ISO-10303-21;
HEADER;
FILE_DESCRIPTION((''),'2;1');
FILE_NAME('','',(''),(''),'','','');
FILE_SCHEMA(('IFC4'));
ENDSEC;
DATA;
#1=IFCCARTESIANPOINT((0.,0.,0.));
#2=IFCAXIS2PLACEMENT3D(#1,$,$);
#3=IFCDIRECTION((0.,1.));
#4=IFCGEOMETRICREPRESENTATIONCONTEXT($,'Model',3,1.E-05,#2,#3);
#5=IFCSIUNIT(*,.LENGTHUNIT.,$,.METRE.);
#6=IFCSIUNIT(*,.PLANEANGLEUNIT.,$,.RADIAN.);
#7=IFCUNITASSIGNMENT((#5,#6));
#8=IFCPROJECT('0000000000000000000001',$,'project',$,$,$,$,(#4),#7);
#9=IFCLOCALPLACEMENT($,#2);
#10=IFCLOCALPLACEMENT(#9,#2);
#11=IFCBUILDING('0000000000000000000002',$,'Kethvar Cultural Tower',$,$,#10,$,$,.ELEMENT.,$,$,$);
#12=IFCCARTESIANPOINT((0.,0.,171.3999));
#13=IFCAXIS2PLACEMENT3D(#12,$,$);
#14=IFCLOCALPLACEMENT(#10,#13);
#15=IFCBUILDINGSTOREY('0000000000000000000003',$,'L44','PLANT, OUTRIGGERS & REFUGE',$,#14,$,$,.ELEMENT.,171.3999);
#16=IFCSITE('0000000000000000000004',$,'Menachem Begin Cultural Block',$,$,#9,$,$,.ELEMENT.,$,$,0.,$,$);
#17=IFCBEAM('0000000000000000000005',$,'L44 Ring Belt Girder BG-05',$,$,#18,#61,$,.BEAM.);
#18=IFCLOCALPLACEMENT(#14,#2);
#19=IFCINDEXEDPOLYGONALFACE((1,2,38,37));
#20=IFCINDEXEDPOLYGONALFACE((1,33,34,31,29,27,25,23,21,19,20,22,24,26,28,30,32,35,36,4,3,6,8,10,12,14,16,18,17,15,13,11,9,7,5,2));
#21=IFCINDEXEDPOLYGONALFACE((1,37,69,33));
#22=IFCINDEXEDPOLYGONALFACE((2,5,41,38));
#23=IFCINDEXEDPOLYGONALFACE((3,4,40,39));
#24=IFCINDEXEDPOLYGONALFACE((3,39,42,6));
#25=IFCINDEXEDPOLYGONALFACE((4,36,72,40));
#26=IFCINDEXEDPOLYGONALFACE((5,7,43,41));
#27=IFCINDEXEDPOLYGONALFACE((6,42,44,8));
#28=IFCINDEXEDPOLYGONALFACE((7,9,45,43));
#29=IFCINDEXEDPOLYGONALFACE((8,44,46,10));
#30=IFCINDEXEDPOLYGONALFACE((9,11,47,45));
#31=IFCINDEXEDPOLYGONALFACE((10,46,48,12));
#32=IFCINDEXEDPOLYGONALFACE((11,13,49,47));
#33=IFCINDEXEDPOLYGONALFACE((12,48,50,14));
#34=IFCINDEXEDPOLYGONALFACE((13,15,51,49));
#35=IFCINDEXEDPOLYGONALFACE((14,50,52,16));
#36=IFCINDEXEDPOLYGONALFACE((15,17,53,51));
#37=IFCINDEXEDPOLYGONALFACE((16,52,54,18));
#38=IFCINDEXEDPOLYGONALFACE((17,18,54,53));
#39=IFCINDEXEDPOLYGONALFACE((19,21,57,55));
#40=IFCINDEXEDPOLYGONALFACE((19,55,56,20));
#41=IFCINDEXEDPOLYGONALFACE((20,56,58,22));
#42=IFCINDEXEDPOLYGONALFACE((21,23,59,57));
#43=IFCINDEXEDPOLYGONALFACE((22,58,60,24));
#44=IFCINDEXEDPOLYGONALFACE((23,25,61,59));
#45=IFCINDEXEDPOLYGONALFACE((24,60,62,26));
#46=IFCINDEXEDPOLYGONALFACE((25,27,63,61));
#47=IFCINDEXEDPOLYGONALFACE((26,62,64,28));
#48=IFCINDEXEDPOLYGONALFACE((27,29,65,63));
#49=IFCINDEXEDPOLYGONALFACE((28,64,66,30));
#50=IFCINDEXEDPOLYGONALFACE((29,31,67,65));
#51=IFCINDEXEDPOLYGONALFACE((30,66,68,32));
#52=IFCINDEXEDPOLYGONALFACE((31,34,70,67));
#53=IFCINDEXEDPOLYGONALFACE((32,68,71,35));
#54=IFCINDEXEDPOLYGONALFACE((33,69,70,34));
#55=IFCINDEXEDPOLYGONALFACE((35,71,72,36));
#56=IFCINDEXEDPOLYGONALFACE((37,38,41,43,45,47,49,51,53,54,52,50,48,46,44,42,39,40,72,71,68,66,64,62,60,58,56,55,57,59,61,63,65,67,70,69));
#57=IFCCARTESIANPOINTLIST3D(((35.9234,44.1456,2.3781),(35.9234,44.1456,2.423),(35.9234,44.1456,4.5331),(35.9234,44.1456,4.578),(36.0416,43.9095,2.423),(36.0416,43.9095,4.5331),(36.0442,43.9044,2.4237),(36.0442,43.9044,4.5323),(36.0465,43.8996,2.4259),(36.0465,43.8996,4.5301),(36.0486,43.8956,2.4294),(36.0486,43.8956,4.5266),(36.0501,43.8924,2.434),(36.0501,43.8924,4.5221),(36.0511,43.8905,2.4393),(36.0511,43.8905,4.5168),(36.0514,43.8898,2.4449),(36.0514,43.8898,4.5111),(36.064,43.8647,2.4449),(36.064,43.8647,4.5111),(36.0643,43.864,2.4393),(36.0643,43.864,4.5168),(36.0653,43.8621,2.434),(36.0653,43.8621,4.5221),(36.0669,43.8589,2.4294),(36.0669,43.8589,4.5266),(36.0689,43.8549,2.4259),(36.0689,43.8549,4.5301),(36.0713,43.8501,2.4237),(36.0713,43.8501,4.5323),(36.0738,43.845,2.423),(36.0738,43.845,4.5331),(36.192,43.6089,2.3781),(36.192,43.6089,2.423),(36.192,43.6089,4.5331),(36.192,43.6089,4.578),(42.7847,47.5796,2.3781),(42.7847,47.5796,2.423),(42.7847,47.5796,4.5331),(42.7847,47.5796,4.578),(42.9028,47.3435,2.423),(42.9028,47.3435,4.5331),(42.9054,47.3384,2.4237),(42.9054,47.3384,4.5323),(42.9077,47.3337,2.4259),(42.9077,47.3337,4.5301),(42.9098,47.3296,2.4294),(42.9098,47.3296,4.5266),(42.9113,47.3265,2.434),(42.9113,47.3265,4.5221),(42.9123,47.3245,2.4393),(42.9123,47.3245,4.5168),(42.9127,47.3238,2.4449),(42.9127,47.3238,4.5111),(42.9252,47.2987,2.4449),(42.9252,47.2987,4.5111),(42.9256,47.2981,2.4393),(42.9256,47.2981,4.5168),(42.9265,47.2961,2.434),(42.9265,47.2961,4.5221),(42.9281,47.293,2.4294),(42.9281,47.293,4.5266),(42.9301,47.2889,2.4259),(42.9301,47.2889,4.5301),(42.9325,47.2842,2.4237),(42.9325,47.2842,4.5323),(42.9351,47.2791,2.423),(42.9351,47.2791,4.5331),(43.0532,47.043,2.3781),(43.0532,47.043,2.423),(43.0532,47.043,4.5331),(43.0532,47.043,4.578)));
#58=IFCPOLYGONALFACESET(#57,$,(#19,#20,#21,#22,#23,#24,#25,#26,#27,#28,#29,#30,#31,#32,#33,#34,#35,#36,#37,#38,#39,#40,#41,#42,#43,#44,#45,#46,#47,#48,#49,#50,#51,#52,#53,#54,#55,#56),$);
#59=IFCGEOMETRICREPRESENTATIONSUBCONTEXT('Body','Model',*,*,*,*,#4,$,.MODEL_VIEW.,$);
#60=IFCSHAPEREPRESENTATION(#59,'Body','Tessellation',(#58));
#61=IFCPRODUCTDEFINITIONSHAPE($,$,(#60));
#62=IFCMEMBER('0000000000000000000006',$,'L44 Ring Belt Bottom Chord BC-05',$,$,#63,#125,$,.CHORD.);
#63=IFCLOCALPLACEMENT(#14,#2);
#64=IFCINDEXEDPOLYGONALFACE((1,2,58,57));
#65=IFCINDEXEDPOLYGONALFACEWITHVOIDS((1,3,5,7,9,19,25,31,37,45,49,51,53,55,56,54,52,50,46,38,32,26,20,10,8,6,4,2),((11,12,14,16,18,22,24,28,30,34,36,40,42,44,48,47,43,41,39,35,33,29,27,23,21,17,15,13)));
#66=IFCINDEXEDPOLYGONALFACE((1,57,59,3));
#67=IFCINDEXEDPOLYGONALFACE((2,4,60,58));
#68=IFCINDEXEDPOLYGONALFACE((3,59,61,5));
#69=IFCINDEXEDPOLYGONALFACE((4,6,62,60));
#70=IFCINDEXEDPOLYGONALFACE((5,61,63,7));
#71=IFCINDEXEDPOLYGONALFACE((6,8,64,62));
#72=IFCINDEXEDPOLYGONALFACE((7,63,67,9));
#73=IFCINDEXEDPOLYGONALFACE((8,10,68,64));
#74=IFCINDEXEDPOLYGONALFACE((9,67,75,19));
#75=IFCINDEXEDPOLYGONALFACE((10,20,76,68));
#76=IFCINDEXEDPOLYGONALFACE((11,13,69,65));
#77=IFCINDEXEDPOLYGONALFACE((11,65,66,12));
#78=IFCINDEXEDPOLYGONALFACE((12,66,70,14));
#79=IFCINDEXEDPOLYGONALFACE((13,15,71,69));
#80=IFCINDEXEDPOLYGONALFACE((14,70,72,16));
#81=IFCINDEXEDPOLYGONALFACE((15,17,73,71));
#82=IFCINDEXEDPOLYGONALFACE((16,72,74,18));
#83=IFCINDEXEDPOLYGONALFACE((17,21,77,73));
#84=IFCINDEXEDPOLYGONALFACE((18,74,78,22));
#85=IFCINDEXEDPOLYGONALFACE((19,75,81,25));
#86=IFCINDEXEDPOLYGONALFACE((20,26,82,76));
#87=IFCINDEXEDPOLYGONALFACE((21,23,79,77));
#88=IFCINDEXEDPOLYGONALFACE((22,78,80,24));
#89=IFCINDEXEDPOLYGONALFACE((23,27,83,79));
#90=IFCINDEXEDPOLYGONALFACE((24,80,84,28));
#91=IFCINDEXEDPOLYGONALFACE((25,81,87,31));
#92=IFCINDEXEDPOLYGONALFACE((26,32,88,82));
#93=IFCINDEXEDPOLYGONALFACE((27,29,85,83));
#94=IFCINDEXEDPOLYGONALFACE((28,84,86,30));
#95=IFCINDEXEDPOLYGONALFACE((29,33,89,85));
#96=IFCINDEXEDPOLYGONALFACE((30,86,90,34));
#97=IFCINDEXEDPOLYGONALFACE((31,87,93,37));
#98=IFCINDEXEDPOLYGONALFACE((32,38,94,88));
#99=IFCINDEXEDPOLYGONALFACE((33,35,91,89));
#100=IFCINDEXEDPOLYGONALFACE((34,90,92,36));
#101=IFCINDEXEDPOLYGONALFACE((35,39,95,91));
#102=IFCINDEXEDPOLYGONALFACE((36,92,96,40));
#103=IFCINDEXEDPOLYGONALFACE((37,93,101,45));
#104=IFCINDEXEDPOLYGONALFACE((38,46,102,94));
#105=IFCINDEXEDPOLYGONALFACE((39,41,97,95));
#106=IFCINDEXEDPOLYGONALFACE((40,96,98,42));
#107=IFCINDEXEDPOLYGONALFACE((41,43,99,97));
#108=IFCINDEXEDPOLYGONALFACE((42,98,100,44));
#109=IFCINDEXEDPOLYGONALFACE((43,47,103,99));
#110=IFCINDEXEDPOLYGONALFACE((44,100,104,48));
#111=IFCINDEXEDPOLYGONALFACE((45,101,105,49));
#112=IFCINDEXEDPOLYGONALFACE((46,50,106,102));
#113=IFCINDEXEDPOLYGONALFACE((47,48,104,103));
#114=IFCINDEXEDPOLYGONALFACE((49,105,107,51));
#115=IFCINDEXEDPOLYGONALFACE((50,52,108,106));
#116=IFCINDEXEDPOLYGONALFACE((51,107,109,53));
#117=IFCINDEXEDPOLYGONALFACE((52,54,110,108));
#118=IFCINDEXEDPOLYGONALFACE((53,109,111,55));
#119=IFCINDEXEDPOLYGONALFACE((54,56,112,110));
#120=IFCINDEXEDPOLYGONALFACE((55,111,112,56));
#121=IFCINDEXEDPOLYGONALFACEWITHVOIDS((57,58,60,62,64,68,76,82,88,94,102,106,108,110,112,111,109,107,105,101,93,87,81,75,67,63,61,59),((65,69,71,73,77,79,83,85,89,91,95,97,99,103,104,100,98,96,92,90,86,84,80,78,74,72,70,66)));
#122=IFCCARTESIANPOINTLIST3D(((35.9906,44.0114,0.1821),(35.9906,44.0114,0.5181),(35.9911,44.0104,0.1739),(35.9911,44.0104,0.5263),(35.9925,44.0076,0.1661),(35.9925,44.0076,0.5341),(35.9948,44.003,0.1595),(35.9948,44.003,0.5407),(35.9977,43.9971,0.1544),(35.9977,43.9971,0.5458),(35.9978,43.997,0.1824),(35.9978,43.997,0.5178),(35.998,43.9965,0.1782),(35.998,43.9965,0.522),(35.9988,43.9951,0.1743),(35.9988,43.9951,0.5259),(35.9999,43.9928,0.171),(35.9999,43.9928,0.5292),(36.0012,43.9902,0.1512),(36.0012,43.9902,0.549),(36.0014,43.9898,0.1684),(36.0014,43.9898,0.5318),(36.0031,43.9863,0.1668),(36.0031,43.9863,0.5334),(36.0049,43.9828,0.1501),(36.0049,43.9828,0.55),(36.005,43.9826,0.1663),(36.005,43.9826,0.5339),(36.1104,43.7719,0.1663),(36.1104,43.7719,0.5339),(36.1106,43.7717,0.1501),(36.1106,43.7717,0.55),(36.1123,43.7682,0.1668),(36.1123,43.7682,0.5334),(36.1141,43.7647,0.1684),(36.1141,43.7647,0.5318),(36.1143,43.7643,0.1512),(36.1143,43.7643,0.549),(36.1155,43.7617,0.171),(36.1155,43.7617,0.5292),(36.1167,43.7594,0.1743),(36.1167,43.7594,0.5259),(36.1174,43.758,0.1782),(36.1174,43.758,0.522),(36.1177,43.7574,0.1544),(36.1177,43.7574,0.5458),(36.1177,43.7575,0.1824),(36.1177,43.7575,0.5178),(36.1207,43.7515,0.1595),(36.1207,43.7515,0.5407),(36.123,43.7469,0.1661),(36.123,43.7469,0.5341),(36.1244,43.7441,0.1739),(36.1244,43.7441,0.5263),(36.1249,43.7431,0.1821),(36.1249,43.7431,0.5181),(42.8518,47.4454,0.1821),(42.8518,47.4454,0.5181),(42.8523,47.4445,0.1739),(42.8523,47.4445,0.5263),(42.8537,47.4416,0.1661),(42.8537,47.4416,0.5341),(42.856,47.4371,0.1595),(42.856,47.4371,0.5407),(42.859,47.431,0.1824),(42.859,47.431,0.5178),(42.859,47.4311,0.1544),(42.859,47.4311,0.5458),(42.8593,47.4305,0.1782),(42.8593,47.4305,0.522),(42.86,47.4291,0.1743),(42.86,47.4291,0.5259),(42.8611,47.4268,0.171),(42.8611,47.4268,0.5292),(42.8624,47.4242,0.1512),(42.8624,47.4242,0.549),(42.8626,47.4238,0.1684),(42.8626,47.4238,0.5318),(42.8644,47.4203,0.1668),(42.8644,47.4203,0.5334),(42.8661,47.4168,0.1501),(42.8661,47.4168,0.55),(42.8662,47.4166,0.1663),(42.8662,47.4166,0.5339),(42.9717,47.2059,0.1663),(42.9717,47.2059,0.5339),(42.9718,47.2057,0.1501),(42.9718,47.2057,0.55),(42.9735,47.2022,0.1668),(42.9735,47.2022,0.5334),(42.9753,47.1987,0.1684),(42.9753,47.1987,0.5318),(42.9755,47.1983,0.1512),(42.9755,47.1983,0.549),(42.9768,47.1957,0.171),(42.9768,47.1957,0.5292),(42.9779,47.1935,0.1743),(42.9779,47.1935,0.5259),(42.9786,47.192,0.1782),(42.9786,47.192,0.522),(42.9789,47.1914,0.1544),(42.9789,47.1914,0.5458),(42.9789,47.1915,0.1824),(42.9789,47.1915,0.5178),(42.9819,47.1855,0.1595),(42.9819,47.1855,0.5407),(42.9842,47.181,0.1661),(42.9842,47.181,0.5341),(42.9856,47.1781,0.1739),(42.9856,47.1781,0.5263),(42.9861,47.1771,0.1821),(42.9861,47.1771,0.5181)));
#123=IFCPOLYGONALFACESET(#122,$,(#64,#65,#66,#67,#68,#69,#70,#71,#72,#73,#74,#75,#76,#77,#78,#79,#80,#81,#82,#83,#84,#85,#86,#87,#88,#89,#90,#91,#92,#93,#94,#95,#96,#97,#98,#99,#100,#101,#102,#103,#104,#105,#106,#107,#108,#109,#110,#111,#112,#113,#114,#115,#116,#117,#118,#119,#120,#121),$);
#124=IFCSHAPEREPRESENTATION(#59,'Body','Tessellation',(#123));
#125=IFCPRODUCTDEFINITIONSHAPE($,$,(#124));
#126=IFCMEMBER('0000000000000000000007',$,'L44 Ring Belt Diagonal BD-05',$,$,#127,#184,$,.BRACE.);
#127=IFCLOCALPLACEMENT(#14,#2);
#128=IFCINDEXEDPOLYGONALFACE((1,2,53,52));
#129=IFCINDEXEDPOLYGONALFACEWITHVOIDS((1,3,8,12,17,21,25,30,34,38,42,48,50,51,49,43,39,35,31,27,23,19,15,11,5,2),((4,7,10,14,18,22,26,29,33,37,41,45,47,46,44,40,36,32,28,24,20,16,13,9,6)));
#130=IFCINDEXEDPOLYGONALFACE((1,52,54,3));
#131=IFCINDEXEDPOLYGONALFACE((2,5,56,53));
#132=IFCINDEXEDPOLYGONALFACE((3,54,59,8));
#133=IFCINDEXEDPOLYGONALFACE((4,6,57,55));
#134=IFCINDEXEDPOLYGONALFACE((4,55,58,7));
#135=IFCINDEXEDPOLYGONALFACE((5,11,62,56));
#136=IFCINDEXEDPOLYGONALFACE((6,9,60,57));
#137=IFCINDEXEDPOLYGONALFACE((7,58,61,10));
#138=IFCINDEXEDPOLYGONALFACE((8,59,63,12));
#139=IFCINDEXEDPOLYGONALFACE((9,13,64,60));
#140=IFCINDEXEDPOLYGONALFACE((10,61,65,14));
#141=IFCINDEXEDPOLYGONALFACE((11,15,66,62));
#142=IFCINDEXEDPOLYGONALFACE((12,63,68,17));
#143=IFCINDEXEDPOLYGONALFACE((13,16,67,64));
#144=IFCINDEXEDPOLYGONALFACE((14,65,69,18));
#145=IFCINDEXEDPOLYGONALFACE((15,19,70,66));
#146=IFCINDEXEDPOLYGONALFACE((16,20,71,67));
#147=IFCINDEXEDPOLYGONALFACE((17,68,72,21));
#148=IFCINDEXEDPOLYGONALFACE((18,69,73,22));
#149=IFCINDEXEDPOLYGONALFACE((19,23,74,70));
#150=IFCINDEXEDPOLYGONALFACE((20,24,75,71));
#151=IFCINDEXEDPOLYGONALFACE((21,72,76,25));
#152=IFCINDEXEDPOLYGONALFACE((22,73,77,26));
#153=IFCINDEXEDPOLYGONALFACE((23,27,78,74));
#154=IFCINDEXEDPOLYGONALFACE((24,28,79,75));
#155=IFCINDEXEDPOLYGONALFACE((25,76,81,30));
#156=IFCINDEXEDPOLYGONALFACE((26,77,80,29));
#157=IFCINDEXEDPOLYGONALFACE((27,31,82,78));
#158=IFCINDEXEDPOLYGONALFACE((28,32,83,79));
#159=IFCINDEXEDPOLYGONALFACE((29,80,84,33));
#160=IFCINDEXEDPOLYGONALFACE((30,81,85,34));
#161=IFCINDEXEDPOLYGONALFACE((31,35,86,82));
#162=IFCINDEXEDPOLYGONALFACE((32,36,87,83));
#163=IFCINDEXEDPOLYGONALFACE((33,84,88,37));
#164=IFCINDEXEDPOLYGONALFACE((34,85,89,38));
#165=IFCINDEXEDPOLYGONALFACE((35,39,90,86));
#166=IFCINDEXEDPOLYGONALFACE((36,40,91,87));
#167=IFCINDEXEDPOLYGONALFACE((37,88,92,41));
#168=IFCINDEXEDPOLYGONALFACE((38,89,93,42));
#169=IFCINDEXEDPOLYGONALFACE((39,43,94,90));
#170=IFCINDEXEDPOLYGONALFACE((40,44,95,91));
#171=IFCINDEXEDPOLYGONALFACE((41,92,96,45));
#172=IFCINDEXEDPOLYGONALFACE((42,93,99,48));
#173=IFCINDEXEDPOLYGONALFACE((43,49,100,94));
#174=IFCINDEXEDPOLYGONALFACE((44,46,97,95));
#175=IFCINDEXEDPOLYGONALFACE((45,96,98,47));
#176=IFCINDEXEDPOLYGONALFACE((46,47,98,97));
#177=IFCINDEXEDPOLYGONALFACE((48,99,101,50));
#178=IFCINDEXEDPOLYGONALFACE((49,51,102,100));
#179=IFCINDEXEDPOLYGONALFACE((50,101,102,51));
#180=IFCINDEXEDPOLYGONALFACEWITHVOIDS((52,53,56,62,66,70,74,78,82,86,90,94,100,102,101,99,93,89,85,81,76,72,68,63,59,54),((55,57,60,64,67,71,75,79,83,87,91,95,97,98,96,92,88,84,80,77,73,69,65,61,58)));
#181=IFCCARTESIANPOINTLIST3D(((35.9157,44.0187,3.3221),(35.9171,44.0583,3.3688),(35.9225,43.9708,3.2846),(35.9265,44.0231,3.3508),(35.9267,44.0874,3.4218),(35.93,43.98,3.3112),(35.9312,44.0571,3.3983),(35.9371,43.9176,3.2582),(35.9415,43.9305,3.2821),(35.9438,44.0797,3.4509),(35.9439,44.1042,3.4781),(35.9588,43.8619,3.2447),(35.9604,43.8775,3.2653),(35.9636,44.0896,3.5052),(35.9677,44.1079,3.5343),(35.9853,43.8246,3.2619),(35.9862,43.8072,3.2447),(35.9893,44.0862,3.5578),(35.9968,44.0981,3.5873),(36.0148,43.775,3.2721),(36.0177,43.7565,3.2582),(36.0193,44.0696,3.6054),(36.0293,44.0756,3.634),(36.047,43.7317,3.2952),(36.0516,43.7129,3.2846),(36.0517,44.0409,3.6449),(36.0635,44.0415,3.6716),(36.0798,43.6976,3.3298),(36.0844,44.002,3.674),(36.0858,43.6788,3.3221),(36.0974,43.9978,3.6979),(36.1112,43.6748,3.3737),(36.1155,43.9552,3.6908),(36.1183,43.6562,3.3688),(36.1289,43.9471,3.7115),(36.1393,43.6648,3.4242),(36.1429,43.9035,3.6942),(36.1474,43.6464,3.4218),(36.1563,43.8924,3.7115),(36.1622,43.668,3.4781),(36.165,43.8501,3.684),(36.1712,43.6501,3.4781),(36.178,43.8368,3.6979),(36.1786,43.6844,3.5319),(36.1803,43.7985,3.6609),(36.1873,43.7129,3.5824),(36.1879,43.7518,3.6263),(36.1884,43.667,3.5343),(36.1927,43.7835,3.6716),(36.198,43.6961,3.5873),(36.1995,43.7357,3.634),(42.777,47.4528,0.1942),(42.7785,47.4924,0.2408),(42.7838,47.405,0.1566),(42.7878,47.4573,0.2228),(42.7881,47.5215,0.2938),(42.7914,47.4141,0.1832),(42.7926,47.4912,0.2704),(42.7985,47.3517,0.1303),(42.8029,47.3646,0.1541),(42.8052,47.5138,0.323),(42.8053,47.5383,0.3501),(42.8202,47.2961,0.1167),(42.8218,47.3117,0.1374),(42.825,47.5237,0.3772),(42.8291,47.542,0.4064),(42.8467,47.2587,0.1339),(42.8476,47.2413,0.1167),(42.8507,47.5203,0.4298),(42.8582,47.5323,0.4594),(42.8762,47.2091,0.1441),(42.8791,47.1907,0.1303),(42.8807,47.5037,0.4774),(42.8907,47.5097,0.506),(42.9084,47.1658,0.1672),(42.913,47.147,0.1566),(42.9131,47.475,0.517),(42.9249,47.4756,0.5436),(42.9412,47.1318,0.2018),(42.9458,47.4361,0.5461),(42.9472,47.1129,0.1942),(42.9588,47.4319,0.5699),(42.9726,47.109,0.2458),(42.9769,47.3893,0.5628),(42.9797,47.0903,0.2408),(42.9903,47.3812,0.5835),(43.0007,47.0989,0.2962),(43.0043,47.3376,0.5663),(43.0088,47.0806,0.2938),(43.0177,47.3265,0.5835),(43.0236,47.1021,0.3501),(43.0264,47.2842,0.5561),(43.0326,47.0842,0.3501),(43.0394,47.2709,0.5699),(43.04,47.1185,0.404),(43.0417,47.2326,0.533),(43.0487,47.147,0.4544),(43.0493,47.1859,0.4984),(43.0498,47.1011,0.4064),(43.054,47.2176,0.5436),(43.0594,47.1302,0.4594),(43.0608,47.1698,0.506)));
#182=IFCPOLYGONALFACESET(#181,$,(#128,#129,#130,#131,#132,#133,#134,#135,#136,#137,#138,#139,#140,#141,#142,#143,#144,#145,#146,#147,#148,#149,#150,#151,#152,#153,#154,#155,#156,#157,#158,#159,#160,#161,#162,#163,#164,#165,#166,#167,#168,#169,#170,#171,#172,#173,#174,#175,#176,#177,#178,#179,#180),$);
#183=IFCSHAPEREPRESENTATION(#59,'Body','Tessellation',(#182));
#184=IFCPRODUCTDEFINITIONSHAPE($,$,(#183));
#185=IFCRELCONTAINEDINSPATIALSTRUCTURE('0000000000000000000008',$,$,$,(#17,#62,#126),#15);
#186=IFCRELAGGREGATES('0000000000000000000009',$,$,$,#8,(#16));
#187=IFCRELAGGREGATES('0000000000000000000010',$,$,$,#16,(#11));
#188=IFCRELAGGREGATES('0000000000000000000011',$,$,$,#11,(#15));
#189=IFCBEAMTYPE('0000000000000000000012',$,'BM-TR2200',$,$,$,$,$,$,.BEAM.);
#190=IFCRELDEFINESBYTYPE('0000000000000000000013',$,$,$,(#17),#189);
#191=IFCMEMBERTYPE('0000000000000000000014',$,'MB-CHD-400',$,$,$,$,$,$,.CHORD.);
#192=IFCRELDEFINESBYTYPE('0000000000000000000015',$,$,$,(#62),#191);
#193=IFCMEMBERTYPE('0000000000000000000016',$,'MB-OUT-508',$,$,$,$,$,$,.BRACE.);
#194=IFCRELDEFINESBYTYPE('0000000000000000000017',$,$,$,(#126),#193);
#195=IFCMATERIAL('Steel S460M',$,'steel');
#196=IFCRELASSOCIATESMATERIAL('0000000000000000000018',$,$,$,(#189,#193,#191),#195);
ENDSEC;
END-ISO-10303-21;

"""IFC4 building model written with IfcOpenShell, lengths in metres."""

from ifc_helpers import new_model, si_unit, direction, frame, origin, origin_2d, place, context, subcontext, project, spatial, hollow_rectangle, hollow_circle, i_section, extrude, source, transform, mapped, material, material_profile, profile_set, type_object, element, save


model = new_model("IFC4")

# Units and contexts
model_context = context("Model", 3, precision=1e-05, world=origin(), true_north=direction((0.0, 1.0)))
body_context = subcontext(model_context, "Body", "Model", "MODEL_VIEW")
ifc_project = project(units=[si_unit("LENGTHUNIT", "METRE"), si_unit("PLANEANGLEUNIT", "RADIAN")], contexts=[model_context])

# Site, building, storey
site_placement = place(None, origin())
site = spatial("IfcSite", under=ifc_project, at=site_placement, Name="Menachem Begin Cultural Block", CompositionType="ELEMENT", RefElevation=0.0)
building_placement = place(site_placement, origin())
building = spatial("IfcBuilding", under=site, at=building_placement, Name="Kethvar Cultural Tower", CompositionType="ELEMENT")
storey_placement = place(building_placement, frame((0.0, 0.0, 171.3999)))
storey = spatial("IfcBuildingStorey", under=building, at=storey_placement, Name="L44", Description="PLANT, OUTRIGGERS & REFUGE", CompositionType="ELEMENT", Elevation=171.3999)

# Shared definitions
ifc_material_1 = material(Name="Steel S460M", Category="steel")

# Shared definitions
ifc_material_profile_1 = material_profile(ifc_material_1, i_section(OverallWidth=0.6001, OverallDepth=2.2, WebThickness=0.0281, FlangeThickness=0.0449, FilletRadius=0.022, at=origin_2d()), Name="Steel S460M — PG2200x600x45x28")
ifc_profile_set_1 = profile_set([ifc_material_profile_1], Name="Steel S460M — PG2200x600x45x28")
beam_type = type_object("IfcBeamType", Name="BM-TR2200", PredefinedType="BEAM", material=ifc_profile_set_1)

# Shared definitions
ifc_material_profile_2 = material_profile(ifc_material_1, hollow_circle(Radius=0.2539, WallThickness=0.02, at=origin_2d()), Name="Steel S460M — CHS508x20")
ifc_profile_set_2 = profile_set([ifc_material_profile_2], Name="Steel S460M — CHS508x20")
member_type_1 = type_object("IfcMemberType", Name="MB-OUT-508", PredefinedType="BRACE", material=ifc_profile_set_2)

# Beam
shared_shape_1 = source(origin(), body_context, "Body", "SweptSolid", [
    extrude(i_section(OverallWidth=0.6001, OverallDepth=2.2, WebThickness=0.0281, FlangeThickness=0.0449, FilletRadius=0.022, at=origin_2d()), origin(), (0.0, 0.0, 1.0), 7.6726),
])
beam_1_placement = place(storey_placement, frame((42.9189, 47.3113, 3.478), z_axis=(-0.894249, -0.44757, 0.0), x_axis=(0.44757, -0.894249, 0.0)))
element("IfcBeam", 1, at=beam_1_placement, inside=storey, type_object=beam_type, Name="L44 Ring Belt Girder BG-05", PredefinedType="BEAM", context=body_context, shape_type="MappedRepresentation", body=[
    mapped(shared_shape_1, transform((0.0, 0.0, 0.0), scale=1.0)),
])

# Members
ifc_material_profile_3 = material_profile(ifc_material_1, hollow_rectangle(XDim=0.3, YDim=0.3999, WallThickness=0.0161, InnerFilletRadius=0.0161, OuterFilletRadius=0.032, at=origin_2d()), Name="Steel S460M — RHS400x300x16")
ifc_profile_set_3 = profile_set([ifc_material_profile_3], Name="Steel S460M — RHS400x300x16")
member_type_2 = type_object("IfcMemberType", Name="MB-CHD-400", PredefinedType="CHORD", material=ifc_profile_set_3)
shared_shape_2 = source(origin(), body_context, "Body", "SweptSolid", [
    extrude(hollow_rectangle(XDim=0.3, YDim=0.3999, WallThickness=0.0161, InnerFilletRadius=0.0161, OuterFilletRadius=0.032, at=origin_2d()), origin(), (0.0, 0.0, 1.0), 7.6726),
])
member_1_placement = place(storey_placement, frame((42.9189, 47.3113, 0.3501), z_axis=(-0.894249, -0.44757, 0.0), x_axis=(0.44757, -0.894249, 0.0)))
element("IfcMember", 2, at=member_1_placement, inside=storey, type_object=member_type_2, Name="L44 Ring Belt Bottom Chord BC-05", PredefinedType="CHORD", context=body_context, shape_type="MappedRepresentation", body=[
    mapped(shared_shape_2, transform((0.0, 0.0, 0.0), scale=1.0)),
])
shared_shape_3 = source(origin(), body_context, "Body", "SweptSolid", [
    extrude(hollow_circle(Radius=0.2539, WallThickness=0.02, at=origin_2d()), origin(), (0.0, 0.0, 1.0), 8.2859),
])
member_2_placement = place(storey_placement, frame((42.9189, 47.3113, 0.3501), z_axis=(-0.828082, -0.414453, 0.377504), x_axis=(0.44757, -0.894249, 0.0)))
element("IfcMember", 3, at=member_2_placement, inside=storey, type_object=member_type_1, Name="L44 Ring Belt Diagonal BD-05", PredefinedType="BRACE", context=body_context, shape_type="MappedRepresentation", body=[
    mapped(shared_shape_3, transform((0.0, 0.0, 0.0), scale=1.0)),
])

save(model, "model.ifc")
